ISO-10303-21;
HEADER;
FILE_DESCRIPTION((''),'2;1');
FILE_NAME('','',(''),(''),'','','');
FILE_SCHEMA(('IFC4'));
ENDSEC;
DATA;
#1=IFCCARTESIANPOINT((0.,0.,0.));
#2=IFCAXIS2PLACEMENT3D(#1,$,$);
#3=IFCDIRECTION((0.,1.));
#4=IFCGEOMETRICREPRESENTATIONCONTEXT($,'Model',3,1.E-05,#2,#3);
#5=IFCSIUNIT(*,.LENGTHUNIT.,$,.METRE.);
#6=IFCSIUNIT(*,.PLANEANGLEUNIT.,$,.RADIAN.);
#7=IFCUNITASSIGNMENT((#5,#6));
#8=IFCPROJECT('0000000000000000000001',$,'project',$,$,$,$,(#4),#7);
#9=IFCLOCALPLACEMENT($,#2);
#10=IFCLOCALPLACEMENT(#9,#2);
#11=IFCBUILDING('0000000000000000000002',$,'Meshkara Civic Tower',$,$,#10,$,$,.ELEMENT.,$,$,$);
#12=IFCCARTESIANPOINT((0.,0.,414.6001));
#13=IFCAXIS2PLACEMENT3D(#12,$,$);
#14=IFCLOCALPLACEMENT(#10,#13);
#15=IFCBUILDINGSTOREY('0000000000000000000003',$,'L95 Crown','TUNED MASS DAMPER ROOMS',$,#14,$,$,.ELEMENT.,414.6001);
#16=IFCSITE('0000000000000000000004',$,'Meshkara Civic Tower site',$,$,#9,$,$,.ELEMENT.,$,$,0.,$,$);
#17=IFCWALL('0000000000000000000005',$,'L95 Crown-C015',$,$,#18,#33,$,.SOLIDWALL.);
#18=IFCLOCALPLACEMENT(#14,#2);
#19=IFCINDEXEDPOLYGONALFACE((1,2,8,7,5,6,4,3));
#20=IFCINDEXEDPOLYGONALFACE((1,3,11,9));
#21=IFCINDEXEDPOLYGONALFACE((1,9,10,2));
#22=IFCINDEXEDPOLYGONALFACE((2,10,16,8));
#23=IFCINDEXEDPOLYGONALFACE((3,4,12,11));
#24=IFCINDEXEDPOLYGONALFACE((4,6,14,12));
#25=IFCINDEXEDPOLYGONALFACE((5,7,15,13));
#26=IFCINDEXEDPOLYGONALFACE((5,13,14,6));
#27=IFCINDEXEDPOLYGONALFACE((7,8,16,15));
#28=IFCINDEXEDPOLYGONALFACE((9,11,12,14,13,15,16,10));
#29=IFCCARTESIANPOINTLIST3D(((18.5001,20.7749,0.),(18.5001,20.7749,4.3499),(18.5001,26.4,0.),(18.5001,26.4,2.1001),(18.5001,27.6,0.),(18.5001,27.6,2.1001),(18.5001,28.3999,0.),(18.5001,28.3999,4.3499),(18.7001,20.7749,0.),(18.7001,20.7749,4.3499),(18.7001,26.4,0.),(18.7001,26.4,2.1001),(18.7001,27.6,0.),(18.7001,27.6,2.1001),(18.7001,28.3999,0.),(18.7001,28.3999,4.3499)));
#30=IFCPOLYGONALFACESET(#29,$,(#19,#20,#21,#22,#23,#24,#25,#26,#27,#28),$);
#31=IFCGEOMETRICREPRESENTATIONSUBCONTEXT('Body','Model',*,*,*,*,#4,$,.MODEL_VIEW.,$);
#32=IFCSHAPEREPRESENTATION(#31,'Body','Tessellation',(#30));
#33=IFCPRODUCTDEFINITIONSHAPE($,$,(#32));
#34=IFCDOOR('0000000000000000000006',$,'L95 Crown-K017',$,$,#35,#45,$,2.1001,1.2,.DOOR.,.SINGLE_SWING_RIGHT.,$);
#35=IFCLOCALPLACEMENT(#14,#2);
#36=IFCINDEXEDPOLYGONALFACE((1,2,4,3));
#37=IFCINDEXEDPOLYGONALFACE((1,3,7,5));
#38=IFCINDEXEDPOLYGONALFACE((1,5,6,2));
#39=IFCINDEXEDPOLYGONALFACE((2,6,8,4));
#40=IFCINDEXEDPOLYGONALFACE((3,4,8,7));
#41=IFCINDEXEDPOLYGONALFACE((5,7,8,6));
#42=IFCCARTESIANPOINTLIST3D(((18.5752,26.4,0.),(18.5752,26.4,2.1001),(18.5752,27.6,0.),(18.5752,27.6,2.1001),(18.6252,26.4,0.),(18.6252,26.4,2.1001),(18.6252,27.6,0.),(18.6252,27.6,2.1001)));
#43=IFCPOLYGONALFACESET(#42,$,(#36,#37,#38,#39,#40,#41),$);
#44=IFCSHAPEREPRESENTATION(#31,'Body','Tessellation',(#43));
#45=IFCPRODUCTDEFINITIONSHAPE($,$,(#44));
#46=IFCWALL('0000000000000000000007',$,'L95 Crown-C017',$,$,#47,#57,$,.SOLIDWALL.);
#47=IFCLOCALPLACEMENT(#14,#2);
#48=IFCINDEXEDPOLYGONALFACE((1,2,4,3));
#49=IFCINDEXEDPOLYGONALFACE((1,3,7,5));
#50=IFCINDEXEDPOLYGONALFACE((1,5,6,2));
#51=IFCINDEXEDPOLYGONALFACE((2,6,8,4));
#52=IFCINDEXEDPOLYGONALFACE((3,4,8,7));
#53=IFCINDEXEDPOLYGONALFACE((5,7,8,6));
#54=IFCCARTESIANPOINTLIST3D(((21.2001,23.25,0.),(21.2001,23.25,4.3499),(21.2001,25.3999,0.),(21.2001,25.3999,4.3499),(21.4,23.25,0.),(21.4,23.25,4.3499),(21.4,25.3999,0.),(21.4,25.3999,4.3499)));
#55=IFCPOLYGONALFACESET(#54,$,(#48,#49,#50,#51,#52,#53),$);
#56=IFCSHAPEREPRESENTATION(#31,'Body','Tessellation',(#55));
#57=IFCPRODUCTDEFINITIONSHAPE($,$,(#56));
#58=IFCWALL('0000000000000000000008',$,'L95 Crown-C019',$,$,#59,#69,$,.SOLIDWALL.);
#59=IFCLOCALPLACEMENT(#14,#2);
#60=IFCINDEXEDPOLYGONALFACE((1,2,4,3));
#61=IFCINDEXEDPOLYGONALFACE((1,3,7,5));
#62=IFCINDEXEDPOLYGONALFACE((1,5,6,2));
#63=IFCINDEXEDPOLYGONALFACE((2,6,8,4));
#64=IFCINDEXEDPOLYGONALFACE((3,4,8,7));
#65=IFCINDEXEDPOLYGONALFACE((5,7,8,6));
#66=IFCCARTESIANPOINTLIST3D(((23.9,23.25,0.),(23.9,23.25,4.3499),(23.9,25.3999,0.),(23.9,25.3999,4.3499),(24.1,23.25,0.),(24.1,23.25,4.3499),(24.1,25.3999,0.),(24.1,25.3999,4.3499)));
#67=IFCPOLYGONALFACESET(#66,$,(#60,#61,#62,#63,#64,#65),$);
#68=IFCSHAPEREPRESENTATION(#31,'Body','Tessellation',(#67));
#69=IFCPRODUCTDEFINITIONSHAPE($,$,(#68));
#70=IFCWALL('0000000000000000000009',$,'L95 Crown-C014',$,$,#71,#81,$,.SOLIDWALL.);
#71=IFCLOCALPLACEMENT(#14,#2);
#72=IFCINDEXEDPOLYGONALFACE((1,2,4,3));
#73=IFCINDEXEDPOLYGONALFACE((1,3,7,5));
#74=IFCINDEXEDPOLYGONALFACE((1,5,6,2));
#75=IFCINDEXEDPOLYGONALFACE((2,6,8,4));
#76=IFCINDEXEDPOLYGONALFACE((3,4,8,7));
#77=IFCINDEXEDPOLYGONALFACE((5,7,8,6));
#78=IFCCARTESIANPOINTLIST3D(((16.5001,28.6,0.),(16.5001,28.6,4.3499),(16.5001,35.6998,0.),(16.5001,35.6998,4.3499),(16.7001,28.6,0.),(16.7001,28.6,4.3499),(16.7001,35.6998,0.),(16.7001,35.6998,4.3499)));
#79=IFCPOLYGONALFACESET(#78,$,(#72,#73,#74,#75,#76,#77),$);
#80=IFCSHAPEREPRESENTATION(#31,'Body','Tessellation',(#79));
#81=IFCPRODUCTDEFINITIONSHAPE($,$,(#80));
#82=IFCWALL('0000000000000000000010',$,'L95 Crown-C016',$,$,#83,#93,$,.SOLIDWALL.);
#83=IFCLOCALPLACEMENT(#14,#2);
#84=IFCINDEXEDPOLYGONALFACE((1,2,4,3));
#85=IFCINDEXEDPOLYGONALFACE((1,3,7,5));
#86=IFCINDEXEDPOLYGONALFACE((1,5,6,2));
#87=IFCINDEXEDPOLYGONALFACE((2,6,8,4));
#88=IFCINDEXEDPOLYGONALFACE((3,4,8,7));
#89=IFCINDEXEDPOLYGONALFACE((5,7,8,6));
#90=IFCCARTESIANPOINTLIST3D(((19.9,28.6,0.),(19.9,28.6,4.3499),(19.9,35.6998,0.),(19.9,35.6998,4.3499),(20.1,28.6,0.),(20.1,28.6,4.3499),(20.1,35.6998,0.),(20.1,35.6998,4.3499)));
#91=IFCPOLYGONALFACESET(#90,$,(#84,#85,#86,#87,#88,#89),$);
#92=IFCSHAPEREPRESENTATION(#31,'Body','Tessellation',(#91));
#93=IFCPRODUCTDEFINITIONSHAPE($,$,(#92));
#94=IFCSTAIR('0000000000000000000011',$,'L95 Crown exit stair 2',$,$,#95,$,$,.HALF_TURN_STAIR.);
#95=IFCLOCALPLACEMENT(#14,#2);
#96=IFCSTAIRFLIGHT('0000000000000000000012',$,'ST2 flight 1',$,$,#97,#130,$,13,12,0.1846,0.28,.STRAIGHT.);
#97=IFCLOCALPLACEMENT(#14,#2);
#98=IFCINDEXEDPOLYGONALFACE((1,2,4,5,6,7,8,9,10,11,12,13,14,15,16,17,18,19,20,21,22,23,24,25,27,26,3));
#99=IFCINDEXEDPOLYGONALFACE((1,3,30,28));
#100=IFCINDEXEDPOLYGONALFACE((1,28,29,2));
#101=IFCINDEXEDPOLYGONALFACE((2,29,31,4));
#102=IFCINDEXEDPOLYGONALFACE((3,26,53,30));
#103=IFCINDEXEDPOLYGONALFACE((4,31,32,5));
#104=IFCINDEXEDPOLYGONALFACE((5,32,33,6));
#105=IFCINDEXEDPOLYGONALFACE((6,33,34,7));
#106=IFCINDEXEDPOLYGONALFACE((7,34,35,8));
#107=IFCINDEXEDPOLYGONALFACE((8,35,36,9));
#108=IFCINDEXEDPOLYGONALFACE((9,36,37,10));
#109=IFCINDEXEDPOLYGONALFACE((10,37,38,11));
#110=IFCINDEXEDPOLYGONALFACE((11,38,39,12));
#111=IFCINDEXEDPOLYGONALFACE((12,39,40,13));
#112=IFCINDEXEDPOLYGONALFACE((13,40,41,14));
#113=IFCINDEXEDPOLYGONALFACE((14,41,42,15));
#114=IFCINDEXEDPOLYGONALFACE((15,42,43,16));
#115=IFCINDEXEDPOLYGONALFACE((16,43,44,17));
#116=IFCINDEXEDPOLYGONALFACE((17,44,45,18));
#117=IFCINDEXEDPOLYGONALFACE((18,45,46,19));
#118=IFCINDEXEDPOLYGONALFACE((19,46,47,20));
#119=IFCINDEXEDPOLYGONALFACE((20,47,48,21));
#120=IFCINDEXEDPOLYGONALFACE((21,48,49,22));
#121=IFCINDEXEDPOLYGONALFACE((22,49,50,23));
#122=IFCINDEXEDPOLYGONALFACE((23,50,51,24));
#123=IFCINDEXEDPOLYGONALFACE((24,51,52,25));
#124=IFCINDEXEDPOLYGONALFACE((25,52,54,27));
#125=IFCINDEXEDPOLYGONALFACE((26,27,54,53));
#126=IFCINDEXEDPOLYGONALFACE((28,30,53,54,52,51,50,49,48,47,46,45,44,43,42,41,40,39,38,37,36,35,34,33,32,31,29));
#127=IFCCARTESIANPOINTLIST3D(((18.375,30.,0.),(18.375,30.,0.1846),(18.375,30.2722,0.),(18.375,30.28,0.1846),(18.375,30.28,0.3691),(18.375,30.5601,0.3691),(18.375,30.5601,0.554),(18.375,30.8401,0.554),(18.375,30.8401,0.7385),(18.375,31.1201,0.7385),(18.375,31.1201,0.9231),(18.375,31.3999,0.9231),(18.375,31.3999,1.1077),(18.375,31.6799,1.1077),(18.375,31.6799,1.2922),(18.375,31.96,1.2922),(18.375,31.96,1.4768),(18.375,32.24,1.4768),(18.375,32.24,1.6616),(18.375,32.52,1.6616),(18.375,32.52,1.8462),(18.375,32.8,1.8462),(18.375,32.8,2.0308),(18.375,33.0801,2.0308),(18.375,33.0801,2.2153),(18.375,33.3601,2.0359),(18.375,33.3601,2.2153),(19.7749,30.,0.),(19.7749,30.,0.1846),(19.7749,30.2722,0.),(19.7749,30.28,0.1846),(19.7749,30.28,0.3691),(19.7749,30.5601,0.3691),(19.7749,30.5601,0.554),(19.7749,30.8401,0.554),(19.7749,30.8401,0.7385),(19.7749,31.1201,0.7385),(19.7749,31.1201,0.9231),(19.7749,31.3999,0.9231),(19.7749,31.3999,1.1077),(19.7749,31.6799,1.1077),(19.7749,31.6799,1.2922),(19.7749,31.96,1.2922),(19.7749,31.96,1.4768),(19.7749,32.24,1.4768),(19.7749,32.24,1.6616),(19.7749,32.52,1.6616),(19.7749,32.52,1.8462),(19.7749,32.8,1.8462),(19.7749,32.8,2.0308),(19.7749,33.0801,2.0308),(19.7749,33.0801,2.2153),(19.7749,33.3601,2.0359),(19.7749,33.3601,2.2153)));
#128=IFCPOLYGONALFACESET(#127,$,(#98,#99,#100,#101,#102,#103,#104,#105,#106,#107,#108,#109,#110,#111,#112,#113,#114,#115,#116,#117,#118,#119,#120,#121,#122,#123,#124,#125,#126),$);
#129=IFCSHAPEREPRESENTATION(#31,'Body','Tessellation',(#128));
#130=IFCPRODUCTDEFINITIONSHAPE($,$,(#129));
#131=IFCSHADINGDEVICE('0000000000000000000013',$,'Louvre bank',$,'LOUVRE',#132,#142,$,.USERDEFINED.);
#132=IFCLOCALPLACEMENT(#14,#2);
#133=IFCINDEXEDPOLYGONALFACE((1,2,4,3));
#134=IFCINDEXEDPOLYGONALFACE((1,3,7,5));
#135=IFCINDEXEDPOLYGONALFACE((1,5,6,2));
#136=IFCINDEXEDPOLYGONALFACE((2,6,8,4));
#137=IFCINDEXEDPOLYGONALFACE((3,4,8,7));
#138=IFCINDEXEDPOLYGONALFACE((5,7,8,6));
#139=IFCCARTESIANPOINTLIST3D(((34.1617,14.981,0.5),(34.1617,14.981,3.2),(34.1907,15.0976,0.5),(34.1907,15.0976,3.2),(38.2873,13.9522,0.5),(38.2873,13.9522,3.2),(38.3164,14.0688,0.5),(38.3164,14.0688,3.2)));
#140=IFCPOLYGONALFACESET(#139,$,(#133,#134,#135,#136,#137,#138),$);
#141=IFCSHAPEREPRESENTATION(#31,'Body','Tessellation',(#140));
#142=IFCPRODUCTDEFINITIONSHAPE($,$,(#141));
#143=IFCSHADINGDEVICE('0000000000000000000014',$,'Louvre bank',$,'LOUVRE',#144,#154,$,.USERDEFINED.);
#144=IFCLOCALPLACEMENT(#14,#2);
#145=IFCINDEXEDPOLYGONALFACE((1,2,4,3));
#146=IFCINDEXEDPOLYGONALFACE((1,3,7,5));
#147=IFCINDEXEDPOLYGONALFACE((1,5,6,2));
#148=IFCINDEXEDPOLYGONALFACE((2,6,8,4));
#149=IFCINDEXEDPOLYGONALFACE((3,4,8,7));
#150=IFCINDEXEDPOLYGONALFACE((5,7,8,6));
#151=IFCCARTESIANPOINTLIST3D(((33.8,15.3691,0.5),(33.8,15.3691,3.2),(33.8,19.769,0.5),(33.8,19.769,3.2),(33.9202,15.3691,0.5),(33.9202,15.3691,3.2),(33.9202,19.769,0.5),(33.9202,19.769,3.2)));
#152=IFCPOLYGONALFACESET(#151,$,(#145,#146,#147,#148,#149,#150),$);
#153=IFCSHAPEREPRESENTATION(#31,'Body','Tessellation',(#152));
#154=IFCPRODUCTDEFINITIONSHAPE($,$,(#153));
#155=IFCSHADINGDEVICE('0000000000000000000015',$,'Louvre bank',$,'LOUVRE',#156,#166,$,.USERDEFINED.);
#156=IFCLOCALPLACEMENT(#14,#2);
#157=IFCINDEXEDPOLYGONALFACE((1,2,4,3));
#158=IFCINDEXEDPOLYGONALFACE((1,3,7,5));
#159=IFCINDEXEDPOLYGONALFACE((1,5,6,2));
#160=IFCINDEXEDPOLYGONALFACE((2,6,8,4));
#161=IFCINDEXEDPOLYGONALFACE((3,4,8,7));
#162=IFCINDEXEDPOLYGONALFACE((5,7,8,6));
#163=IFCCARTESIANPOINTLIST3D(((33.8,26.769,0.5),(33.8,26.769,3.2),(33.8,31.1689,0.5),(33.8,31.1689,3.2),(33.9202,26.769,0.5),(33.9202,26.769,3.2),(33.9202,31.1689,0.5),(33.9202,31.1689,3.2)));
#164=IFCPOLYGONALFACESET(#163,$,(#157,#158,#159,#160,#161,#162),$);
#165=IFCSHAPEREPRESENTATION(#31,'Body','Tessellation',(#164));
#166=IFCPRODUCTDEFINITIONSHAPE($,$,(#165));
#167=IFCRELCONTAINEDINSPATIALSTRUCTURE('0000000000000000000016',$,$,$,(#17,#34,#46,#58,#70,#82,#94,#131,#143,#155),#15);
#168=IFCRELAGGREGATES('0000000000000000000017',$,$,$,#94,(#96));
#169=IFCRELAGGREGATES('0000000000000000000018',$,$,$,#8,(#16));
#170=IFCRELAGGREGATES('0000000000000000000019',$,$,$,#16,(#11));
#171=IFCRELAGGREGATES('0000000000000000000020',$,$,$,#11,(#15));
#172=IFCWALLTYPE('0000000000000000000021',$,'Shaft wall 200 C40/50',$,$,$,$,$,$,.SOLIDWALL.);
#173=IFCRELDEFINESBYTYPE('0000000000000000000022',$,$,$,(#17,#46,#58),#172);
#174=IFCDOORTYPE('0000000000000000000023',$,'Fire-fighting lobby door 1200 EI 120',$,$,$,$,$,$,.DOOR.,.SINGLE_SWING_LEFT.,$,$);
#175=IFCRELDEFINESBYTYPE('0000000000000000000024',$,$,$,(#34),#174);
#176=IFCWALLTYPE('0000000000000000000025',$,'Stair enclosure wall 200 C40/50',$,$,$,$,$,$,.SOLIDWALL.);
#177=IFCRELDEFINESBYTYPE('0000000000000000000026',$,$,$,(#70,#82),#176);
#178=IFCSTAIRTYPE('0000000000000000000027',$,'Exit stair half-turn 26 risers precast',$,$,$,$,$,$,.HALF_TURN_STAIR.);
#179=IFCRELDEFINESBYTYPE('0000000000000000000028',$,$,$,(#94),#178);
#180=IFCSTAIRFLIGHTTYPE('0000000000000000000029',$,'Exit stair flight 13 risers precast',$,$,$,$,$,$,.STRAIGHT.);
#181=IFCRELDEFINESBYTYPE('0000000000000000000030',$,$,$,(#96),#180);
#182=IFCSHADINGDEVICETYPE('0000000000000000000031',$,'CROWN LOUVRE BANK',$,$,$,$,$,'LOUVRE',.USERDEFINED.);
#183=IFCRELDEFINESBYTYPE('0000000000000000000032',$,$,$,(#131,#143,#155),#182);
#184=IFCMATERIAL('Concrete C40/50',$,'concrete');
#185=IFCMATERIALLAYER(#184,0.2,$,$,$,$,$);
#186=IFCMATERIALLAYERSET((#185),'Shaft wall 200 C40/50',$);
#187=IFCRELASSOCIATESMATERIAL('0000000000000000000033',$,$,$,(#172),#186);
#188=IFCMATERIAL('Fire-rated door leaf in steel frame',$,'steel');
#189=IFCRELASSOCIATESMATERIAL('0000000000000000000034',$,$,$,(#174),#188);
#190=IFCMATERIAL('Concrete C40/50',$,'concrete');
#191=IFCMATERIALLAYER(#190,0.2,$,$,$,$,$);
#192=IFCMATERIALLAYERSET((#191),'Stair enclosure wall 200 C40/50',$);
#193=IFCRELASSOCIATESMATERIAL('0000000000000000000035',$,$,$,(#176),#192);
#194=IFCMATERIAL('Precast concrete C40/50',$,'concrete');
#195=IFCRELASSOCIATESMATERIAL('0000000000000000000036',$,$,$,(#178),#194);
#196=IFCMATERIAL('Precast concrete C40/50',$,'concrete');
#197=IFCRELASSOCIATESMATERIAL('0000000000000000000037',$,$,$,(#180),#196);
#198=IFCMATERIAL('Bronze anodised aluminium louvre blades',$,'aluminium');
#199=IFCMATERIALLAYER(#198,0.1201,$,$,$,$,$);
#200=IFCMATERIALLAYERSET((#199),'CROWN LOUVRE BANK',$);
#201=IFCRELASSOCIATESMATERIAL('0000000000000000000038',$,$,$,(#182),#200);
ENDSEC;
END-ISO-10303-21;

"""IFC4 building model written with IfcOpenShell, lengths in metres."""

from ifc_helpers import new_model, si_unit, direction, frame, frame_2d, origin, origin_2d, place, context, subcontext, project, spatial, polyline, rectangle, outline, extrude, material, layer, layer_set, type_object, element, fill, aggregate, save


model = new_model("IFC4")

# Units and contexts
model_context = context("Model", 3, precision=1e-05, world=origin(), true_north=direction((0.0, 1.0)))
body_context = subcontext(model_context, "Body", "Model", "MODEL_VIEW")
ifc_project = project(units=[si_unit("LENGTHUNIT", "METRE"), si_unit("PLANEANGLEUNIT", "RADIAN")], contexts=[model_context])

# Site, building, storey
site_placement = place(None, origin())
site = spatial("IfcSite", under=ifc_project, at=site_placement, Name="Meshkara Civic Tower site", CompositionType="ELEMENT", RefElevation=0.0)
building_placement = place(site_placement, origin())
building = spatial("IfcBuilding", under=site, at=building_placement, Name="Meshkara Civic Tower", CompositionType="ELEMENT")
storey_placement = place(building_placement, frame((0.0, 0.0, 414.6001)))
storey = spatial("IfcBuildingStorey", under=building, at=storey_placement, Name="L95 Crown", Description="TUNED MASS DAMPER ROOMS", CompositionType="ELEMENT", Elevation=414.6001)

# Shared definitions
ifc_material_1 = material(Name="Concrete C40/50", Category="concrete")
ifc_layer_1 = layer(ifc_material_1, 0.2)
ifc_layer_set_1 = layer_set([ifc_layer_1], Name="Shaft wall 200 C40/50")
wall_type_1 = type_object("IfcWallType", Name="Shaft wall 200 C40/50", PredefinedType="SOLIDWALL", material=ifc_layer_set_1)

# Wall, opening, door
wall_1_placement = place(storey_placement, frame((18.6001, 20.7749, 0.0), z_axis=(0.0, 0.0, 1.0), x_axis=(0.0, 1.0, 0.0)))
wall_1 = element("IfcWall", 1, at=wall_1_placement, inside=storey, type_object=wall_type_1, Name="L95 Crown-C015", PredefinedType="SOLIDWALL", context=body_context, shape_type="SweptSolid", body=[
    extrude(rectangle(XDim=7.625, YDim=0.2, at=frame_2d((3.8125, 0.0))), origin(), (0.0, 0.0, 1.0), 4.3499),
])
opening_placement = place(wall_1_placement, frame((5.625, 0.0, 0.0)))
opening = element("IfcOpeningElement", 2, at=opening_placement, cuts=wall_1, PredefinedType="OPENING", context=body_context, shape_type="SweptSolid", body=[
    extrude(rectangle(XDim=1.2, YDim=2.1001, at=frame_2d((0.6001, 1.05))), frame((0.0, 0.1099, 0.0), z_axis=(0.0, -1.0, 0.0), x_axis=(1.0, 0.0, 0.0)), (0.0, 0.0, 1.0), 0.22),
])
ifc_material_2 = material(Name="Fire-rated door leaf in steel frame", Category="steel")
door_type = type_object("IfcDoorType", Name="Fire-fighting lobby door 1200 EI 120", OperationType="SINGLE_SWING_LEFT", PredefinedType="DOOR", material=ifc_material_2)
door_placement = place(opening_placement, origin())
door = element("IfcDoor", 3, at=door_placement, inside=storey, type_object=door_type, Name="L95 Crown-K017", OperationType="SINGLE_SWING_RIGHT", OverallHeight=2.1001, OverallWidth=1.2, PredefinedType="DOOR", context=body_context, shape_type="SweptSolid", body=[
    extrude(rectangle(XDim=1.2, YDim=2.1001, at=frame_2d((0.6001, 1.05))), frame((0.0, 0.0249, 0.0), z_axis=(0.0, -1.0, 0.0), x_axis=(1.0, 0.0, 0.0)), (0.0, 0.0, 1.0), 0.05),
])
fill(opening, door)

# Walls
for number, where, z_axis, x_axis, name in (
    (4, (21.3, 23.25, 0.0), (0.0, 0.0, 1.0), (0.0, 1.0, 0.0), "L95 Crown-C017"),
    (5, (24.0, 23.25, 0.0), (0.0, 0.0, 1.0), (0.0, 1.0, 0.0), "L95 Crown-C019"),
):
    element("IfcWall", number, at=place(storey_placement, frame(where, z_axis=z_axis, x_axis=x_axis)), inside=storey, type_object=wall_type_1, Name=name, PredefinedType="SOLIDWALL", context=body_context, shape_type="SweptSolid", body=[
        extrude(rectangle(XDim=2.1499, YDim=0.2, at=frame_2d((1.075, 0.0))), origin(), (0.0, 0.0, 1.0), 4.3499),
    ])
ifc_material_3 = material(Name="Concrete C40/50", Category="concrete")
ifc_layer_2 = layer(ifc_material_3, 0.2)
ifc_layer_set_2 = layer_set([ifc_layer_2], Name="Stair enclosure wall 200 C40/50")
wall_type_2 = type_object("IfcWallType", Name="Stair enclosure wall 200 C40/50", PredefinedType="SOLIDWALL", material=ifc_layer_set_2)
for number, where, z_axis, x_axis, name in (
    (6, (16.6001, 28.6001, 0.0), (0.0, 0.0, 1.0), (0.0, 1.0, 0.0), "L95 Crown-C014"),
    (7, (20.0, 28.6001, 0.0), (0.0, 0.0, 1.0), (0.0, 1.0, 0.0), "L95 Crown-C016"),
):
    element("IfcWall", number, at=place(storey_placement, frame(where, z_axis=z_axis, x_axis=x_axis)), inside=storey, type_object=wall_type_2, Name=name, PredefinedType="SOLIDWALL", context=body_context, shape_type="SweptSolid", body=[
        extrude(rectangle(XDim=7.0999, YDim=0.2, at=frame_2d((3.5498, 0.0))), origin(), (0.0, 0.0, 1.0), 4.3499),
    ])

# Stair, stair flight
ifc_material_4 = material(Name="Precast concrete C40/50", Category="concrete")
stair_type = type_object("IfcStairType", Name="Exit stair half-turn 26 risers precast", PredefinedType="HALF_TURN_STAIR", material=ifc_material_4)
stair_placement = place(storey_placement, origin())
stair = element("IfcStair", 8, at=stair_placement, inside=storey, type_object=stair_type, Name="L95 Crown exit stair 2", PredefinedType="HALF_TURN_STAIR")
ifc_material_5 = material(Name="Precast concrete C40/50", Category="concrete")
stair_flight_type = type_object("IfcStairFlightType", Name="Exit stair flight 13 risers precast", PredefinedType="STRAIGHT", material=ifc_material_5)
stair_flight_placement = place(storey_placement, frame((19.075, 30.0, 0.0), z_axis=(0.0, 0.0, 1.0), x_axis=(0.0, 1.0, 0.0)))
stair_flight = element("IfcStairFlight", 9, at=stair_flight_placement, type_object=stair_flight_type, Name="ST2 flight 1", NumberOfRisers=13, NumberOfTreads=12, PredefinedType="STRAIGHT", RiserHeight=0.1846, TreadLength=0.28, context=body_context, shape_type="SweptSolid", body=[
    extrude(outline(polyline([(0.0, 0.0), (0.0, 0.1846), (0.28, 0.1846), (0.28, 0.3691), (0.5601, 0.3691), (0.5601, 0.554), (0.8401, 0.554), (0.8401, 0.7385), (1.1201, 0.7385), (1.1201, 0.9231), (1.3999, 0.9231), (1.3999, 1.1077), (1.6799, 1.1077), (1.6799, 1.2922), (1.96, 1.2922), (1.96, 1.4768), (2.24, 1.4768), (2.24, 1.6616), (2.52, 1.6616), (2.52, 1.8462), (2.8, 1.8462), (2.8, 2.0308), (3.0801, 2.0308), (3.0801, 2.2153), (3.3601, 2.2153), (3.3601, 2.3999), (3.3601, 2.0359), (0.2722, 0.0), (0.0, 0.0)])), frame((0.0, 0.7, 0.0), z_axis=(0.0, -1.0, 0.0), x_axis=(1.0, 0.0, 0.0)), (0.0, 0.0, 1.0), 1.3999),
])
aggregate(stair, [stair_flight])

# Shading devices
ifc_material_6 = material(Name="Bronze anodised aluminium louvre blades", Category="aluminium")
ifc_layer_3 = layer(ifc_material_6, 0.1201)
ifc_layer_set_3 = layer_set([ifc_layer_3], Name="CROWN LOUVRE BANK")
shading_device_type = type_object("IfcShadingDeviceType", Name="CROWN LOUVRE BANK", ElementType="LOUVRE", PredefinedType="USERDEFINED", material=ifc_layer_set_3)
shading_device_placement = place(storey_placement, frame((36.239, 14.5249, 0.5), z_axis=(0.0, 0.0, 1.0), x_axis=(-0.970287, 0.241956, 0.0)))
element("IfcShadingDevice", 10, at=shading_device_placement, inside=storey, type_object=shading_device_type, Name="Louvre bank", ObjectType="LOUVRE", PredefinedType="USERDEFINED", context=body_context, shape_type="SweptSolid", body=[
    extrude(rectangle(XDim=4.252, YDim=0.1201, at=origin_2d()), origin(), (0.0, 0.0, 1.0), 2.7),
])
for number, where, z_axis, x_axis, name in (
    (11, (33.8601, 17.5691, 0.5), (0.0, 0.0, 1.0), (0.0, 1.0, 0.0), "Louvre bank"),
    (12, (33.8601, 28.969, 0.5), (0.0, 0.0, 1.0), (0.0, 1.0, 0.0), "Louvre bank"),
):
    element("IfcShadingDevice", number, at=place(storey_placement, frame(where, z_axis=z_axis, x_axis=x_axis)), inside=storey, type_object=shading_device_type, Name=name, ObjectType="LOUVRE", PredefinedType="USERDEFINED", context=body_context, shape_type="SweptSolid", body=[
        extrude(rectangle(XDim=4.3999, YDim=0.1201, at=origin_2d()), origin(), (0.0, 0.0, 1.0), 2.7),
    ])

save(model, "model.ifc")
